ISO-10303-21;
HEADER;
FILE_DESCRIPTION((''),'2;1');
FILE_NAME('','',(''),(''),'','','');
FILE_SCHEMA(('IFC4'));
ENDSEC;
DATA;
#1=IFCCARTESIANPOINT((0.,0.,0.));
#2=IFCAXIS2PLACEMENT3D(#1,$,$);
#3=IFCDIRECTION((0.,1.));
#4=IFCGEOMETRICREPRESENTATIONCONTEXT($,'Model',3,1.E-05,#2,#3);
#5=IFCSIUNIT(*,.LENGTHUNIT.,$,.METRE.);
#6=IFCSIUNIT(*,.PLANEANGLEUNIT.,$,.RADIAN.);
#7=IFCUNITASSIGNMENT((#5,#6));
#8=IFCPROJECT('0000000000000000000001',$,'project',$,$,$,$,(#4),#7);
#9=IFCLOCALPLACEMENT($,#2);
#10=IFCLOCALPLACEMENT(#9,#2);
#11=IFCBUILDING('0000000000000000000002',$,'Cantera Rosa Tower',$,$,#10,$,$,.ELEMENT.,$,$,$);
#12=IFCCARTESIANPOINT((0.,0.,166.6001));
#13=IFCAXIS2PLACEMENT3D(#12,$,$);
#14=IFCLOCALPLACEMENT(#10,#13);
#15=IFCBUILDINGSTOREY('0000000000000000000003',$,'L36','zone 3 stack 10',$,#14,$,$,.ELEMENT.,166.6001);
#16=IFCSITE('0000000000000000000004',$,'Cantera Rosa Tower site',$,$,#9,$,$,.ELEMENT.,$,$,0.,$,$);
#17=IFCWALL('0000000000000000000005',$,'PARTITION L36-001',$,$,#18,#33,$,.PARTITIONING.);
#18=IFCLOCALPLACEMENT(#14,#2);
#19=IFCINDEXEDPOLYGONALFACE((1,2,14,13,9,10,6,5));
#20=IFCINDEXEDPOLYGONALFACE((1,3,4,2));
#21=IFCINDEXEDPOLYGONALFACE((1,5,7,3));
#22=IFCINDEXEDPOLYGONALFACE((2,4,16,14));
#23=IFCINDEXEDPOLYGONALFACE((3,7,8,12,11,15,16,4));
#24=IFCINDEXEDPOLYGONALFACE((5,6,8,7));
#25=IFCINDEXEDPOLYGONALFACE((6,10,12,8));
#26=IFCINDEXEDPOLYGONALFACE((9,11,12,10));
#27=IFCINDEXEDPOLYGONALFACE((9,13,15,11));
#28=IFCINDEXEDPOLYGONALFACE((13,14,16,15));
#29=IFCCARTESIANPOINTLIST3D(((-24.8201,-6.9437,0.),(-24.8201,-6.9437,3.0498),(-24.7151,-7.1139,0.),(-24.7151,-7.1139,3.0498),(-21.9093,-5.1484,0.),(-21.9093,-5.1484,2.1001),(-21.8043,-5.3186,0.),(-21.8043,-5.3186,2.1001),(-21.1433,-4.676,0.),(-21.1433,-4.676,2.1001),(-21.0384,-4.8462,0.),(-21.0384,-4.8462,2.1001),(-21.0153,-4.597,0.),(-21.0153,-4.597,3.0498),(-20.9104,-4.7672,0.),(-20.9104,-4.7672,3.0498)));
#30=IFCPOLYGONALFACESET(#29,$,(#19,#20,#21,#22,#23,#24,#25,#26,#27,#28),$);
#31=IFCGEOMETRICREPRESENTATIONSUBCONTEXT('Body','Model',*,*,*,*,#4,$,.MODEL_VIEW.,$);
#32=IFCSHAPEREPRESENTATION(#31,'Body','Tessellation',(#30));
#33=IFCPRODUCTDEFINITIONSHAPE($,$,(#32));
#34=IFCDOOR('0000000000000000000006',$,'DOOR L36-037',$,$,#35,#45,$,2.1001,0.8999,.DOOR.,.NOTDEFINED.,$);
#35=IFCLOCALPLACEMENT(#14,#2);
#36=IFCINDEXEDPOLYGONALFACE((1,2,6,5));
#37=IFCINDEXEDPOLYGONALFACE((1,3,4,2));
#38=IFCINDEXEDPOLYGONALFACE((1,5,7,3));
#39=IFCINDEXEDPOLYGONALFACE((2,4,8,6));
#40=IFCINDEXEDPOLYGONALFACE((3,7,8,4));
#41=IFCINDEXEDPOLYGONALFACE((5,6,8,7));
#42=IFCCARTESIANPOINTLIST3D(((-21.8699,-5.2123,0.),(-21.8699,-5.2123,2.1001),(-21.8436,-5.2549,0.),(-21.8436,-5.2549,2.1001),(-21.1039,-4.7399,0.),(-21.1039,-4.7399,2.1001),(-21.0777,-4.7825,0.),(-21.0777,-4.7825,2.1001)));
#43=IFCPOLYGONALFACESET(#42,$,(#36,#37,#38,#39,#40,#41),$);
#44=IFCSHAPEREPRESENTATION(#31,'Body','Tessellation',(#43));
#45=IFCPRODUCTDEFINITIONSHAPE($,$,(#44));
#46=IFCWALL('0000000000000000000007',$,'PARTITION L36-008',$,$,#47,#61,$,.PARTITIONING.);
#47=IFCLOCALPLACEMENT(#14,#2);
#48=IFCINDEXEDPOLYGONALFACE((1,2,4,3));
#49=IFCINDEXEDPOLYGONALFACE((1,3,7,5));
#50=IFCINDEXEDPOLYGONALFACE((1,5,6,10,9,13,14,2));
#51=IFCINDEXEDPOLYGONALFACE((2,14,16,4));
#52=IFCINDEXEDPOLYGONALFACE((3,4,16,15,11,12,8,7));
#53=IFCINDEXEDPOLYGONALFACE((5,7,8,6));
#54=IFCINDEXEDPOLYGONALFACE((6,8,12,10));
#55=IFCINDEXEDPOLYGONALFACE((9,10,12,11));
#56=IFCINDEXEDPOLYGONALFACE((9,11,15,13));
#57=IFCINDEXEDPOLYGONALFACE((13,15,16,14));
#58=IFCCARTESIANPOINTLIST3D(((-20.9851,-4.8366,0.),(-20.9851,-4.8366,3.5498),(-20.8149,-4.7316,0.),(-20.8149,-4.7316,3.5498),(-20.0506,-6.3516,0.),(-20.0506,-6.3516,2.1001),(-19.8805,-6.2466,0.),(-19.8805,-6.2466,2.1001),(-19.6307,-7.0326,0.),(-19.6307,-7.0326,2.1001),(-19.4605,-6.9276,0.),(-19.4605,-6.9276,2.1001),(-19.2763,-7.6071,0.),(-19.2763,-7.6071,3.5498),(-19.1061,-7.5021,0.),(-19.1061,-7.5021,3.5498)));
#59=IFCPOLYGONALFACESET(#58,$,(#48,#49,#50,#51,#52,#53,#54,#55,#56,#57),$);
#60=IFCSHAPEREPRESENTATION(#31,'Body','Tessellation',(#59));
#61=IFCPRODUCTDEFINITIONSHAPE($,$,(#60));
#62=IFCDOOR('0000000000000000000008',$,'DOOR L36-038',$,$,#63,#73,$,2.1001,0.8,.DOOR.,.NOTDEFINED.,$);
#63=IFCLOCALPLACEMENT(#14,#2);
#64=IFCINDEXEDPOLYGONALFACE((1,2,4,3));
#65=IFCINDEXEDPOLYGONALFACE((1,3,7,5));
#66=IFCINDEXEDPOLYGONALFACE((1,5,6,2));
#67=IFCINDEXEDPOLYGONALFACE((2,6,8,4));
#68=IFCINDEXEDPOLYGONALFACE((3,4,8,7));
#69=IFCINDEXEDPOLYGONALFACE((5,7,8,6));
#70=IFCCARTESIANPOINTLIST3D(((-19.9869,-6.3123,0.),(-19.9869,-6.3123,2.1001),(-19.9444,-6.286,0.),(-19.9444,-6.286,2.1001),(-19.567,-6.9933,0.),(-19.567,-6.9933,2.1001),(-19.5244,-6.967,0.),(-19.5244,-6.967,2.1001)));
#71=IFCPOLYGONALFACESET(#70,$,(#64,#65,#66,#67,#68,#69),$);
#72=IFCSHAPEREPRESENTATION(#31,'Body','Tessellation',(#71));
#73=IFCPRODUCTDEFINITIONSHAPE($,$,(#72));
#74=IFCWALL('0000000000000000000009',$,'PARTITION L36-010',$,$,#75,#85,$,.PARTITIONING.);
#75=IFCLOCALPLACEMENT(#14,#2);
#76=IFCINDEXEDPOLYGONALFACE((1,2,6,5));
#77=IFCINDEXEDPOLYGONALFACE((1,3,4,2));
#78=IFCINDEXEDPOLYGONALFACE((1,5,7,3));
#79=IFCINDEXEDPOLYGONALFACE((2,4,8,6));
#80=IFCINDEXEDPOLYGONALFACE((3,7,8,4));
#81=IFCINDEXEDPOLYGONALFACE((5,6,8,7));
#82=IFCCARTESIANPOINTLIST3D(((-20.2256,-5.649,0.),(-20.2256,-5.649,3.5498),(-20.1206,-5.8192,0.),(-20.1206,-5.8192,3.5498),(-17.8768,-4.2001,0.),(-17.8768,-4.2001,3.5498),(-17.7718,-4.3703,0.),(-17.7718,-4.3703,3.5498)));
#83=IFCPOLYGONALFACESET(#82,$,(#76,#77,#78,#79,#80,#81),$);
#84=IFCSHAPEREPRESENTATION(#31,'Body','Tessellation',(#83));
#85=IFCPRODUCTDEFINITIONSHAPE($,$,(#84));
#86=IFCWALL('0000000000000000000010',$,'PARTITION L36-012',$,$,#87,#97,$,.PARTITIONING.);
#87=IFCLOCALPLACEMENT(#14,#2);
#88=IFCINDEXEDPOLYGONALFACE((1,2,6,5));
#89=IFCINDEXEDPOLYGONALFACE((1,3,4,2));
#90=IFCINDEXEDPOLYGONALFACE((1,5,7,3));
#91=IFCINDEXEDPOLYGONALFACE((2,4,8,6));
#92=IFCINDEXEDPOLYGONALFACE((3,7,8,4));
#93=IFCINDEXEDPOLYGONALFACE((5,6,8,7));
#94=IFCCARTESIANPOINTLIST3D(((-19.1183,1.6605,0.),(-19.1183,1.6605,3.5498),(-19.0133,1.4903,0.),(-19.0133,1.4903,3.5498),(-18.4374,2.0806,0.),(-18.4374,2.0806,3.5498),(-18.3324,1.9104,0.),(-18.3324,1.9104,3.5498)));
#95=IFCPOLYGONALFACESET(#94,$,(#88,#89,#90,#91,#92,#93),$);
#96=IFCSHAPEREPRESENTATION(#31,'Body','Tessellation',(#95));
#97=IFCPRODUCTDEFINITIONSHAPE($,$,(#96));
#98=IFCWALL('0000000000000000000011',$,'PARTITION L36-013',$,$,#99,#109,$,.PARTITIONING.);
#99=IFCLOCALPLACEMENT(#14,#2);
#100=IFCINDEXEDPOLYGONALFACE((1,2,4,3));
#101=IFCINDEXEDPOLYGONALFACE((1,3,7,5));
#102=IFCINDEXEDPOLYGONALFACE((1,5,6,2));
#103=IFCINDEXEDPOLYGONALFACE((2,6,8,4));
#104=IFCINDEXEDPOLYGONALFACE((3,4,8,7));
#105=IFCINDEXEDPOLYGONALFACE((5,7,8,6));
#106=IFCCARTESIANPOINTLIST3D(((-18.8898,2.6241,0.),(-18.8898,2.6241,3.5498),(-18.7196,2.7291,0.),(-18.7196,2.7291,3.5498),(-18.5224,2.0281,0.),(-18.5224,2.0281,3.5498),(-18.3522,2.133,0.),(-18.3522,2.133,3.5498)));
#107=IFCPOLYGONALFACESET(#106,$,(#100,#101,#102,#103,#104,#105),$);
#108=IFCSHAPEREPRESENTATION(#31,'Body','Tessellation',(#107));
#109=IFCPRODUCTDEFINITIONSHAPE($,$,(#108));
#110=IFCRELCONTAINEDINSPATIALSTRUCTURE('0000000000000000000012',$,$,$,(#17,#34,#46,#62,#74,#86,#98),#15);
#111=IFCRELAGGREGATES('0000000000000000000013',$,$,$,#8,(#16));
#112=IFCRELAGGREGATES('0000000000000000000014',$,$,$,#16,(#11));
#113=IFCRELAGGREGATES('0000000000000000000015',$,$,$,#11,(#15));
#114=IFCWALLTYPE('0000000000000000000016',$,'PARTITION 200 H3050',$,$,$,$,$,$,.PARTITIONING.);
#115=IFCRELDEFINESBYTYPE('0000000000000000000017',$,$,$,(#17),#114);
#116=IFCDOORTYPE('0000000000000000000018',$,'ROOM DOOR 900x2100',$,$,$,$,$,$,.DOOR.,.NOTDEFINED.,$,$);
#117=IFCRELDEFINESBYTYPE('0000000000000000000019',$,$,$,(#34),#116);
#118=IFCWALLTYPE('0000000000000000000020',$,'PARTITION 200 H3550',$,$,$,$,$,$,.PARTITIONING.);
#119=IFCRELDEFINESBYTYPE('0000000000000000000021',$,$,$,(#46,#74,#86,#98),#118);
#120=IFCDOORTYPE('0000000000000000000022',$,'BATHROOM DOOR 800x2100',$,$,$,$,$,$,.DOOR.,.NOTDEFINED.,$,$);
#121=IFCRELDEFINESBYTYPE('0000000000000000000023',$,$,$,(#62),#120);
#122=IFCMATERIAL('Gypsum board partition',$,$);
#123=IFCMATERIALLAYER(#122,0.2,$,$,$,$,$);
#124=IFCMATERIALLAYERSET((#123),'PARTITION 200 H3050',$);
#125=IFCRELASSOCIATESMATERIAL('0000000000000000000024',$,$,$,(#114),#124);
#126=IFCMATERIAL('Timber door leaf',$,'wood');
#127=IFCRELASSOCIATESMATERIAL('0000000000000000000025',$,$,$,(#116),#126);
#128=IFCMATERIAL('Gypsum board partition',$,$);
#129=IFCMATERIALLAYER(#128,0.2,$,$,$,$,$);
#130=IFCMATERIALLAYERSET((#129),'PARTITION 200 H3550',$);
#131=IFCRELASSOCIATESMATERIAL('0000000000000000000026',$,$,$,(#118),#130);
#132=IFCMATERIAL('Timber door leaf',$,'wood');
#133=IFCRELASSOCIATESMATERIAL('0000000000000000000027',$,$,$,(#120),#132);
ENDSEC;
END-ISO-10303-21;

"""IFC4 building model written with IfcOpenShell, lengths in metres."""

from ifc_helpers import new_model, si_unit, direction, frame, frame_2d, origin, place, context, subcontext, project, spatial, rectangle, extrude, material, layer, layer_set, type_object, element, fill, save


model = new_model("IFC4")

# Units and contexts
model_context = context("Model", 3, precision=1e-05, world=origin(), true_north=direction((0.0, 1.0)))
body_context = subcontext(model_context, "Body", "Model", "MODEL_VIEW")
ifc_project = project(units=[si_unit("LENGTHUNIT", "METRE"), si_unit("PLANEANGLEUNIT", "RADIAN")], contexts=[model_context])

# Site, building, storey
site_placement = place(None, origin())
site = spatial("IfcSite", under=ifc_project, at=site_placement, Name="Cantera Rosa Tower site", CompositionType="ELEMENT", RefElevation=0.0)
building_placement = place(site_placement, origin())
building = spatial("IfcBuilding", under=site, at=building_placement, Name="Cantera Rosa Tower", CompositionType="ELEMENT")
storey_placement = place(building_placement, frame((0.0, 0.0, 166.6001)))
storey = spatial("IfcBuildingStorey", under=building, at=storey_placement, Name="L36", Description="zone 3 stack 10", CompositionType="ELEMENT", Elevation=166.6001)

# Walls, openings, doors
ifc_material_1 = material(Name="Gypsum board partition")
ifc_layer_1 = layer(ifc_material_1, 0.2)
ifc_layer_set_1 = layer_set([ifc_layer_1], Name="PARTITION 200 H3050")
wall_type_1 = type_object("IfcWallType", Name="PARTITION 200 H3050", PredefinedType="PARTITIONING", material=ifc_layer_set_1)
wall_1_placement = place(storey_placement, frame((-24.7676, -7.0288, 0.0), z_axis=(0.0, 0.0, 1.0), x_axis=(0.851125, 0.524963, 0.0)))
wall_1 = element("IfcWall", 1, at=wall_1_placement, inside=storey, type_object=wall_type_1, Name="PARTITION L36-001", PredefinedType="PARTITIONING", context=body_context, shape_type="SweptSolid", body=[
    extrude(rectangle(XDim=4.4702, YDim=0.2, at=frame_2d((2.2351, 0.0))), origin(), (0.0, 0.0, 1.0), 3.0498),
])
opening_1_placement = place(wall_1_placement, frame((3.4199, 0.0, 0.0)))
opening_1 = element("IfcOpeningElement", 2, at=opening_1_placement, cuts=wall_1, PredefinedType="OPENING", context=body_context, shape_type="SweptSolid", body=[
    extrude(rectangle(XDim=0.8999, YDim=2.1001, at=frame_2d((0.45, 1.05))), frame((0.0, 0.1099, 0.0), z_axis=(0.0, -1.0, 0.0), x_axis=(1.0, 0.0, 0.0)), (0.0, 0.0, 1.0), 0.22),
])
ifc_material_2 = material(Name="Timber door leaf", Category="wood")
door_type_1 = type_object("IfcDoorType", Name="ROOM DOOR 900x2100", OperationType="NOTDEFINED", PredefinedType="DOOR", material=ifc_material_2)
door_1_placement = place(opening_1_placement, origin())
door_1 = element("IfcDoor", 3, at=door_1_placement, inside=storey, type_object=door_type_1, Name="DOOR L36-037", OperationType="NOTDEFINED", OverallHeight=2.1001, OverallWidth=0.8999, PredefinedType="DOOR", context=body_context, shape_type="SweptSolid", body=[
    extrude(rectangle(XDim=0.8999, YDim=2.1001, at=frame_2d((0.45, 1.05))), frame((0.0, 0.0249, 0.0), z_axis=(0.0, -1.0, 0.0), x_axis=(1.0, 0.0, 0.0)), (0.0, 0.0, 1.0), 0.05),
])
fill(opening_1, door_1)
ifc_material_3 = material(Name="Gypsum board partition")
ifc_layer_2 = layer(ifc_material_3, 0.2)
ifc_layer_set_2 = layer_set([ifc_layer_2], Name="PARTITION 200 H3550")
wall_type_2 = type_object("IfcWallType", Name="PARTITION 200 H3550", PredefinedType="PARTITIONING", material=ifc_layer_set_2)
wall_2_placement = place(storey_placement, frame((-20.8999, -4.7842, 0.0), z_axis=(0.0, 0.0, 1.0), x_axis=(0.524947, -0.851135, 0.0)))
wall_2 = element("IfcWall", 4, at=wall_2_placement, inside=storey, type_object=wall_type_2, Name="PARTITION L36-008", PredefinedType="PARTITIONING", context=body_context, shape_type="SweptSolid", body=[
    extrude(rectangle(XDim=3.2551, YDim=0.2, at=frame_2d((1.6274, 0.0))), origin(), (0.0, 0.0, 1.0), 3.5498),
])
opening_2_placement = place(wall_2_placement, frame((1.78, 0.0, 0.0)))
opening_2 = element("IfcOpeningElement", 5, at=opening_2_placement, cuts=wall_2, PredefinedType="OPENING", context=body_context, shape_type="SweptSolid", body=[
    extrude(rectangle(XDim=0.8, YDim=2.1001, at=frame_2d((0.3999, 1.05))), frame((0.0, 0.1099, 0.0), z_axis=(0.0, -1.0, 0.0), x_axis=(1.0, 0.0, 0.0)), (0.0, 0.0, 1.0), 0.22),
])
ifc_material_4 = material(Name="Timber door leaf", Category="wood")
door_type_2 = type_object("IfcDoorType", Name="BATHROOM DOOR 800x2100", OperationType="NOTDEFINED", PredefinedType="DOOR", material=ifc_material_4)
door_2_placement = place(opening_2_placement, origin())
door_2 = element("IfcDoor", 6, at=door_2_placement, inside=storey, type_object=door_type_2, Name="DOOR L36-038", OperationType="NOTDEFINED", OverallHeight=2.1001, OverallWidth=0.8, PredefinedType="DOOR", context=body_context, shape_type="SweptSolid", body=[
    extrude(rectangle(XDim=0.8, YDim=2.1001, at=frame_2d((0.3999, 1.05))), frame((0.0, 0.0249, 0.0), z_axis=(0.0, -1.0, 0.0), x_axis=(1.0, 0.0, 0.0)), (0.0, 0.0, 1.0), 0.05),
])
fill(opening_2, door_2)

# Walls
wall_3_placement = place(storey_placement, frame((-20.1731, -5.7341, 0.0), z_axis=(0.0, 0.0, 1.0), x_axis=(0.85109, 0.52502, 0.0)))
element("IfcWall", 7, at=wall_3_placement, inside=storey, type_object=wall_type_2, Name="PARTITION L36-010", PredefinedType="PARTITIONING", context=body_context, shape_type="SweptSolid", body=[
    extrude(rectangle(XDim=2.7598, YDim=0.2, at=frame_2d((1.3799, 0.0))), origin(), (0.0, 0.0, 1.0), 3.5498),
])
wall_4_placement = place(storey_placement, frame((-19.0657, 1.5754, 0.0), z_axis=(0.0, 0.0, 1.0), x_axis=(0.851019, 0.525136, 0.0)))
element("IfcWall", 8, at=wall_4_placement, inside=storey, type_object=wall_type_2, Name="PARTITION L36-012", PredefinedType="PARTITIONING", context=body_context, shape_type="SweptSolid", body=[
    extrude(rectangle(XDim=0.8, YDim=0.2, at=frame_2d((0.3999, 0.0))), origin(), (0.0, 0.0, 1.0), 3.5498),
])
wall_5_placement = place(storey_placement, frame((-18.4373, 2.0806, 0.0), z_axis=(0.0, 0.0, 1.0), x_axis=(-0.524817, 0.851215, 0.0)))
element("IfcWall", 9, at=wall_5_placement, inside=storey, type_object=wall_type_2, Name="PARTITION L36-013", PredefinedType="PARTITIONING", context=body_context, shape_type="SweptSolid", body=[
    extrude(rectangle(XDim=0.7002, YDim=0.2, at=frame_2d((0.3501, 0.0))), origin(), (0.0, 0.0, 1.0), 3.5498),
])

save(model, "model.ifc")
